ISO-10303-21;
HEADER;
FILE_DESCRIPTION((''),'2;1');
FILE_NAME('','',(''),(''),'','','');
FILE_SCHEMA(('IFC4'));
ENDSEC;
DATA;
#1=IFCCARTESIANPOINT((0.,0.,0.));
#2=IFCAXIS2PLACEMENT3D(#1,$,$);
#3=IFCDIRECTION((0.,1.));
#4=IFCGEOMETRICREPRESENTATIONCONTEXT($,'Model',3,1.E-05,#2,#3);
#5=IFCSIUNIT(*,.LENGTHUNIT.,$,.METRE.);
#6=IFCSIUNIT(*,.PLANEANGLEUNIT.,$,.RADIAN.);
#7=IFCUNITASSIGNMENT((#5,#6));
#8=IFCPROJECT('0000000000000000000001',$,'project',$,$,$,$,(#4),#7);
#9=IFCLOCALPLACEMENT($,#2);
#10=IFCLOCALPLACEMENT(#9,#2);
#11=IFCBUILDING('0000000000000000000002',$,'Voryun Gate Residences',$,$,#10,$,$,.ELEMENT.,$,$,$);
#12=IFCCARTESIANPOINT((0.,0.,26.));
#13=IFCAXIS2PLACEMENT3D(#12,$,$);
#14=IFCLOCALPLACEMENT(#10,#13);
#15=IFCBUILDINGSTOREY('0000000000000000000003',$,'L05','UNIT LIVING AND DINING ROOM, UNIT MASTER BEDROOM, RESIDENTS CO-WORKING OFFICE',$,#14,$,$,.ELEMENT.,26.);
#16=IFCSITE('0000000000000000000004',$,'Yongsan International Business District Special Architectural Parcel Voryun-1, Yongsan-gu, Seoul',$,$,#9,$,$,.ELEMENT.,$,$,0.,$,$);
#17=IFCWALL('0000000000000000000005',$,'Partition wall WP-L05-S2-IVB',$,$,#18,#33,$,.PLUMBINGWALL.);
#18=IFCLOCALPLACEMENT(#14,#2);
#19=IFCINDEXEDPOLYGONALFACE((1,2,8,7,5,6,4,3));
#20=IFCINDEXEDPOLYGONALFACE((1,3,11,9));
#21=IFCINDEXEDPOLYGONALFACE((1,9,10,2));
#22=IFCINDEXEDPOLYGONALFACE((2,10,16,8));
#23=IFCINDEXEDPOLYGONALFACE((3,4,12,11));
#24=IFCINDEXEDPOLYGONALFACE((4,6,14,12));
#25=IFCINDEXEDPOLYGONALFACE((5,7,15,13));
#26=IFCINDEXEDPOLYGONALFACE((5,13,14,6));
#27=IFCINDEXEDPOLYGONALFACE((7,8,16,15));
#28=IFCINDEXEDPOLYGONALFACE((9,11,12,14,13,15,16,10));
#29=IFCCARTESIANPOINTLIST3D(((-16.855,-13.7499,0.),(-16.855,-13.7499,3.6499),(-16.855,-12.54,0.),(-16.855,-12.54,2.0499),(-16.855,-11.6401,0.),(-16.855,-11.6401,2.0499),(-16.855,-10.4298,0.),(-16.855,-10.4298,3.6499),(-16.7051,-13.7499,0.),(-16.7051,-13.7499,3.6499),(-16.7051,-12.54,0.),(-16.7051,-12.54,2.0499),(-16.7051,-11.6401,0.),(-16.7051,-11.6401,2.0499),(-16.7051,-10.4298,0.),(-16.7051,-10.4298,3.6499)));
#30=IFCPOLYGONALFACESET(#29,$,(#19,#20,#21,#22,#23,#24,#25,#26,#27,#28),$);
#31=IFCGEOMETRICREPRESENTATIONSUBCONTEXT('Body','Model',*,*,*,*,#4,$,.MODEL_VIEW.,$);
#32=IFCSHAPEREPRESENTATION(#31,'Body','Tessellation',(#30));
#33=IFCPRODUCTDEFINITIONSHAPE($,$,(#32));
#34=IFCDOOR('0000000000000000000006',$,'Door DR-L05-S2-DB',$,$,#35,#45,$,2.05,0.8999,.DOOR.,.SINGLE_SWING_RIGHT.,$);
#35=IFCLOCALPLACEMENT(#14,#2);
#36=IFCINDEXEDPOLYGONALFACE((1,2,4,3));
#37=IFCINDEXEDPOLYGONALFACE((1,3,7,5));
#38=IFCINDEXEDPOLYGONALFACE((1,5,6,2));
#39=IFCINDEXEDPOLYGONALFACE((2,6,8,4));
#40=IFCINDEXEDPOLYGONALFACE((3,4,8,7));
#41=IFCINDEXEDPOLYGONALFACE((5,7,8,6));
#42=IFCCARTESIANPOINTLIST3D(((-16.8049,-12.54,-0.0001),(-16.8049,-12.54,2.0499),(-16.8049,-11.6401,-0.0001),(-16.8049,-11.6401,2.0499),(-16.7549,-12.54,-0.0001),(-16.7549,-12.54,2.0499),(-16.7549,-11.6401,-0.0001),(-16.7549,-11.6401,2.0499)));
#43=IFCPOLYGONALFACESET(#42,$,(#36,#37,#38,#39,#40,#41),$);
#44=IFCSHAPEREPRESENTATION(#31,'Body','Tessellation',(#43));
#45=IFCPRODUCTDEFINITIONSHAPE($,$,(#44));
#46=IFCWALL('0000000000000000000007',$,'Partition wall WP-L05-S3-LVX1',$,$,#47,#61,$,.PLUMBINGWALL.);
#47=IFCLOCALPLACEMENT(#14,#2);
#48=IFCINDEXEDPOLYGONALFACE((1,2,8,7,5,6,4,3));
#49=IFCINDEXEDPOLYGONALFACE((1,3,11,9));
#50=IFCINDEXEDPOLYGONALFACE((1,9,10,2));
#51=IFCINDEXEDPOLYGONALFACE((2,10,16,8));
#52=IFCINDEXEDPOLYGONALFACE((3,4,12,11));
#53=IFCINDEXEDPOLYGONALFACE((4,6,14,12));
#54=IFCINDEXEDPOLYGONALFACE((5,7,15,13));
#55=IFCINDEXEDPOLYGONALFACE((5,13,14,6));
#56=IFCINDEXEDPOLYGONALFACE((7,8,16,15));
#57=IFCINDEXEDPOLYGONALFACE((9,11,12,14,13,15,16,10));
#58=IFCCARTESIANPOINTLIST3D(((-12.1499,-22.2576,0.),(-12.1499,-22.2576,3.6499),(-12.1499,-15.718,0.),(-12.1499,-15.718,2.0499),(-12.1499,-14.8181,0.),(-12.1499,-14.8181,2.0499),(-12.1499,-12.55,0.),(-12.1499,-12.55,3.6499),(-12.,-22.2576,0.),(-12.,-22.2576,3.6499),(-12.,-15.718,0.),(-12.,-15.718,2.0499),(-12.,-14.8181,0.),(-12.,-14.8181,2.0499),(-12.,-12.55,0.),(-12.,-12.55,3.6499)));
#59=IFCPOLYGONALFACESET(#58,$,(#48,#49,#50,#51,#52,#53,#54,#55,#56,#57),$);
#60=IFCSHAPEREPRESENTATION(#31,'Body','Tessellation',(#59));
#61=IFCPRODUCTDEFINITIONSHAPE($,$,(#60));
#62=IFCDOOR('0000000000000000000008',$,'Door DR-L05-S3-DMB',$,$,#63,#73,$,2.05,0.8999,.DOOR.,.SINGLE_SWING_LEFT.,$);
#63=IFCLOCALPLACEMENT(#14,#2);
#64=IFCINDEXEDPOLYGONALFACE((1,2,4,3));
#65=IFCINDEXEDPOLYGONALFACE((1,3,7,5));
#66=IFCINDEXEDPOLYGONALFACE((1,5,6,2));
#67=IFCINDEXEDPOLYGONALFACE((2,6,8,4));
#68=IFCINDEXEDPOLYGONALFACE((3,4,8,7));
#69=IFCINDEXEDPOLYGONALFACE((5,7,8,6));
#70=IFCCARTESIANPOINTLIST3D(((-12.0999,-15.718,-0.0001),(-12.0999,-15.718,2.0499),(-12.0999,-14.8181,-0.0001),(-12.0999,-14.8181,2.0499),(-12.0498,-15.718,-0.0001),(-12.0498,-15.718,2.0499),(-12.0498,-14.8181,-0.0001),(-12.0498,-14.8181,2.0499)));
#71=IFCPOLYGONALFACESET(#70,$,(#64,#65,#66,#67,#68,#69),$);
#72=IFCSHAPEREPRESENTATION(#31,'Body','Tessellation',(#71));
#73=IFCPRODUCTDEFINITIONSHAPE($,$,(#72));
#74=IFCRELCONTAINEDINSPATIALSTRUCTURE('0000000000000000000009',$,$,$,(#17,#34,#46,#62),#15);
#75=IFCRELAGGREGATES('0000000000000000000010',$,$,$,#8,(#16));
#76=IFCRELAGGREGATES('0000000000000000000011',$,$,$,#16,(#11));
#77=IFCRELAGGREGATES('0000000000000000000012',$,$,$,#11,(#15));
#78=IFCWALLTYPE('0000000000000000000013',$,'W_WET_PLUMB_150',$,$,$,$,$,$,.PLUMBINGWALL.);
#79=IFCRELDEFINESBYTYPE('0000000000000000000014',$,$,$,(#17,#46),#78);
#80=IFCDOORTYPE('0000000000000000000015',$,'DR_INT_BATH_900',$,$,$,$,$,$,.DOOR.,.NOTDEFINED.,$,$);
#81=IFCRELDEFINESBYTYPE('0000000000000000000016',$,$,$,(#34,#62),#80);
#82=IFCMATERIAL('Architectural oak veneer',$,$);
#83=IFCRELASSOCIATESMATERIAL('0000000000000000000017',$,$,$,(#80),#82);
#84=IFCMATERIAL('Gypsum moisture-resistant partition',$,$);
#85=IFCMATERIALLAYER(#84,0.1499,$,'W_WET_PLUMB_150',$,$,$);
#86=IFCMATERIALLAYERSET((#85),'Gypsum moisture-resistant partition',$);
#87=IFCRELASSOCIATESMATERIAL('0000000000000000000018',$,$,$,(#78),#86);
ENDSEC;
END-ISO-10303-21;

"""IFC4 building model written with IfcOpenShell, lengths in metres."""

from ifc_helpers import new_model, si_unit, direction, frame, frame_2d, origin, place, context, subcontext, project, spatial, rectangle, extrude, material, layer, layer_set, type_object, element, fill, save


model = new_model("IFC4")

# Units and contexts
model_context = context("Model", 3, precision=1e-05, world=origin(), true_north=direction((0.0, 1.0)))
body_context = subcontext(model_context, "Body", "Model", "MODEL_VIEW")
ifc_project = project(units=[si_unit("LENGTHUNIT", "METRE"), si_unit("PLANEANGLEUNIT", "RADIAN")], contexts=[model_context])

# Site, building, storey
site_placement = place(None, origin())
site = spatial("IfcSite", under=ifc_project, at=site_placement, Name="Yongsan International Business District Special Architectural Parcel Voryun-1, Yongsan-gu, Seoul", CompositionType="ELEMENT", RefElevation=0.0)
building_placement = place(site_placement, origin())
building = spatial("IfcBuilding", under=site, at=building_placement, Name="Voryun Gate Residences", CompositionType="ELEMENT")
storey_placement = place(building_placement, frame((0.0, 0.0, 26.0)))
storey = spatial("IfcBuildingStorey", under=building, at=storey_placement, Name="L05", Description="UNIT LIVING AND DINING ROOM, UNIT MASTER BEDROOM, RESIDENTS CO-WORKING OFFICE", CompositionType="ELEMENT", Elevation=26.0)

# Shared definitions
ifc_material_1 = material(Name="Architectural oak veneer")
door_type_1 = type_object("IfcDoorType", Name="DR_INT_BATH_900", OperationType="NOTDEFINED", PredefinedType="DOOR", material=ifc_material_1)

# Shared definitions
ifc_material_2 = material(Name="Gypsum moisture-resistant partition")
ifc_layer_1 = layer(ifc_material_2, 0.1499, Name="W_WET_PLUMB_150")
ifc_layer_set_1 = layer_set([ifc_layer_1], Name="Gypsum moisture-resistant partition")
wall_type_1 = type_object("IfcWallType", Name="W_WET_PLUMB_150", PredefinedType="PLUMBINGWALL", material=ifc_layer_set_1)

# Walls, openings, doors
wall_1_placement = place(storey_placement, frame((-16.78, -13.75, 0.0), z_axis=(0.0, 0.0, 1.0), x_axis=(0.0, 1.0, 0.0)))
wall_1 = element("IfcWall", 1, at=wall_1_placement, inside=storey, type_object=wall_type_1, Name="Partition wall WP-L05-S2-IVB", PredefinedType="PLUMBINGWALL", context=body_context, shape_type="SweptSolid", body=[
    extrude(rectangle(XDim=3.3201, YDim=0.1499, at=frame_2d((1.6602, 0.0))), origin(), (0.0, 0.0, 1.0), 3.6499),
])
opening_1_placement = place(wall_1_placement, frame((1.21, 0.0, 0.0)))
opening_1 = element("IfcOpeningElement", 2, at=opening_1_placement, cuts=wall_1, PredefinedType="OPENING", context=body_context, shape_type="SweptSolid", body=[
    extrude(rectangle(XDim=0.8999, YDim=2.05, at=frame_2d((0.45, 1.0249))), frame((0.0, 0.085, 0.0), z_axis=(0.0, -1.0, 0.0), x_axis=(1.0, 0.0, 0.0)), (0.0, 0.0, 1.0), 0.1699),
])
door_1_placement = place(opening_1_placement, origin())
door_1 = element("IfcDoor", 3, at=door_1_placement, inside=storey, type_object=door_type_1, Name="Door DR-L05-S2-DB", OperationType="SINGLE_SWING_RIGHT", OverallHeight=2.05, OverallWidth=0.8999, PredefinedType="DOOR", context=body_context, shape_type="SweptSolid", body=[
    extrude(rectangle(XDim=0.8999, YDim=2.05, at=frame_2d((0.45, 1.0249))), frame((0.0, 0.0249, 0.0), z_axis=(0.0, -1.0, 0.0), x_axis=(1.0, 0.0, 0.0)), (0.0, 0.0, 1.0), 0.05),
])
fill(opening_1, door_1)
wall_2_placement = place(storey_placement, frame((-12.075, -22.2576, 0.0), z_axis=(0.0, 0.0, 1.0), x_axis=(0.0, 1.0, 0.0)))
wall_2 = element("IfcWall", 4, at=wall_2_placement, inside=storey, type_object=wall_type_1, Name="Partition wall WP-L05-S3-LVX1", PredefinedType="PLUMBINGWALL", context=body_context, shape_type="SweptSolid", body=[
    extrude(rectangle(XDim=9.7075, YDim=0.1499, at=frame_2d((4.8538, 0.0))), origin(), (0.0, 0.0, 1.0), 3.6499),
])
opening_2_placement = place(wall_2_placement, frame((6.5396, 0.0, 0.0)))
opening_2 = element("IfcOpeningElement", 5, at=opening_2_placement, cuts=wall_2, PredefinedType="OPENING", context=body_context, shape_type="SweptSolid", body=[
    extrude(rectangle(XDim=0.8999, YDim=2.05, at=frame_2d((0.45, 1.0249))), frame((0.0, 0.085, 0.0), z_axis=(0.0, -1.0, 0.0), x_axis=(1.0, 0.0, 0.0)), (0.0, 0.0, 1.0), 0.1699),
])
door_2_placement = place(opening_2_placement, origin())
door_2 = element("IfcDoor", 6, at=door_2_placement, inside=storey, type_object=door_type_1, Name="Door DR-L05-S3-DMB", OperationType="SINGLE_SWING_LEFT", OverallHeight=2.05, OverallWidth=0.8999, PredefinedType="DOOR", context=body_context, shape_type="SweptSolid", body=[
    extrude(rectangle(XDim=0.8999, YDim=2.05, at=frame_2d((0.45, 1.0249))), frame((0.0, 0.0249, 0.0), z_axis=(0.0, -1.0, 0.0), x_axis=(1.0, 0.0, 0.0)), (0.0, 0.0, 1.0), 0.05),
])
fill(opening_2, door_2)

save(model, "model.ifc")
